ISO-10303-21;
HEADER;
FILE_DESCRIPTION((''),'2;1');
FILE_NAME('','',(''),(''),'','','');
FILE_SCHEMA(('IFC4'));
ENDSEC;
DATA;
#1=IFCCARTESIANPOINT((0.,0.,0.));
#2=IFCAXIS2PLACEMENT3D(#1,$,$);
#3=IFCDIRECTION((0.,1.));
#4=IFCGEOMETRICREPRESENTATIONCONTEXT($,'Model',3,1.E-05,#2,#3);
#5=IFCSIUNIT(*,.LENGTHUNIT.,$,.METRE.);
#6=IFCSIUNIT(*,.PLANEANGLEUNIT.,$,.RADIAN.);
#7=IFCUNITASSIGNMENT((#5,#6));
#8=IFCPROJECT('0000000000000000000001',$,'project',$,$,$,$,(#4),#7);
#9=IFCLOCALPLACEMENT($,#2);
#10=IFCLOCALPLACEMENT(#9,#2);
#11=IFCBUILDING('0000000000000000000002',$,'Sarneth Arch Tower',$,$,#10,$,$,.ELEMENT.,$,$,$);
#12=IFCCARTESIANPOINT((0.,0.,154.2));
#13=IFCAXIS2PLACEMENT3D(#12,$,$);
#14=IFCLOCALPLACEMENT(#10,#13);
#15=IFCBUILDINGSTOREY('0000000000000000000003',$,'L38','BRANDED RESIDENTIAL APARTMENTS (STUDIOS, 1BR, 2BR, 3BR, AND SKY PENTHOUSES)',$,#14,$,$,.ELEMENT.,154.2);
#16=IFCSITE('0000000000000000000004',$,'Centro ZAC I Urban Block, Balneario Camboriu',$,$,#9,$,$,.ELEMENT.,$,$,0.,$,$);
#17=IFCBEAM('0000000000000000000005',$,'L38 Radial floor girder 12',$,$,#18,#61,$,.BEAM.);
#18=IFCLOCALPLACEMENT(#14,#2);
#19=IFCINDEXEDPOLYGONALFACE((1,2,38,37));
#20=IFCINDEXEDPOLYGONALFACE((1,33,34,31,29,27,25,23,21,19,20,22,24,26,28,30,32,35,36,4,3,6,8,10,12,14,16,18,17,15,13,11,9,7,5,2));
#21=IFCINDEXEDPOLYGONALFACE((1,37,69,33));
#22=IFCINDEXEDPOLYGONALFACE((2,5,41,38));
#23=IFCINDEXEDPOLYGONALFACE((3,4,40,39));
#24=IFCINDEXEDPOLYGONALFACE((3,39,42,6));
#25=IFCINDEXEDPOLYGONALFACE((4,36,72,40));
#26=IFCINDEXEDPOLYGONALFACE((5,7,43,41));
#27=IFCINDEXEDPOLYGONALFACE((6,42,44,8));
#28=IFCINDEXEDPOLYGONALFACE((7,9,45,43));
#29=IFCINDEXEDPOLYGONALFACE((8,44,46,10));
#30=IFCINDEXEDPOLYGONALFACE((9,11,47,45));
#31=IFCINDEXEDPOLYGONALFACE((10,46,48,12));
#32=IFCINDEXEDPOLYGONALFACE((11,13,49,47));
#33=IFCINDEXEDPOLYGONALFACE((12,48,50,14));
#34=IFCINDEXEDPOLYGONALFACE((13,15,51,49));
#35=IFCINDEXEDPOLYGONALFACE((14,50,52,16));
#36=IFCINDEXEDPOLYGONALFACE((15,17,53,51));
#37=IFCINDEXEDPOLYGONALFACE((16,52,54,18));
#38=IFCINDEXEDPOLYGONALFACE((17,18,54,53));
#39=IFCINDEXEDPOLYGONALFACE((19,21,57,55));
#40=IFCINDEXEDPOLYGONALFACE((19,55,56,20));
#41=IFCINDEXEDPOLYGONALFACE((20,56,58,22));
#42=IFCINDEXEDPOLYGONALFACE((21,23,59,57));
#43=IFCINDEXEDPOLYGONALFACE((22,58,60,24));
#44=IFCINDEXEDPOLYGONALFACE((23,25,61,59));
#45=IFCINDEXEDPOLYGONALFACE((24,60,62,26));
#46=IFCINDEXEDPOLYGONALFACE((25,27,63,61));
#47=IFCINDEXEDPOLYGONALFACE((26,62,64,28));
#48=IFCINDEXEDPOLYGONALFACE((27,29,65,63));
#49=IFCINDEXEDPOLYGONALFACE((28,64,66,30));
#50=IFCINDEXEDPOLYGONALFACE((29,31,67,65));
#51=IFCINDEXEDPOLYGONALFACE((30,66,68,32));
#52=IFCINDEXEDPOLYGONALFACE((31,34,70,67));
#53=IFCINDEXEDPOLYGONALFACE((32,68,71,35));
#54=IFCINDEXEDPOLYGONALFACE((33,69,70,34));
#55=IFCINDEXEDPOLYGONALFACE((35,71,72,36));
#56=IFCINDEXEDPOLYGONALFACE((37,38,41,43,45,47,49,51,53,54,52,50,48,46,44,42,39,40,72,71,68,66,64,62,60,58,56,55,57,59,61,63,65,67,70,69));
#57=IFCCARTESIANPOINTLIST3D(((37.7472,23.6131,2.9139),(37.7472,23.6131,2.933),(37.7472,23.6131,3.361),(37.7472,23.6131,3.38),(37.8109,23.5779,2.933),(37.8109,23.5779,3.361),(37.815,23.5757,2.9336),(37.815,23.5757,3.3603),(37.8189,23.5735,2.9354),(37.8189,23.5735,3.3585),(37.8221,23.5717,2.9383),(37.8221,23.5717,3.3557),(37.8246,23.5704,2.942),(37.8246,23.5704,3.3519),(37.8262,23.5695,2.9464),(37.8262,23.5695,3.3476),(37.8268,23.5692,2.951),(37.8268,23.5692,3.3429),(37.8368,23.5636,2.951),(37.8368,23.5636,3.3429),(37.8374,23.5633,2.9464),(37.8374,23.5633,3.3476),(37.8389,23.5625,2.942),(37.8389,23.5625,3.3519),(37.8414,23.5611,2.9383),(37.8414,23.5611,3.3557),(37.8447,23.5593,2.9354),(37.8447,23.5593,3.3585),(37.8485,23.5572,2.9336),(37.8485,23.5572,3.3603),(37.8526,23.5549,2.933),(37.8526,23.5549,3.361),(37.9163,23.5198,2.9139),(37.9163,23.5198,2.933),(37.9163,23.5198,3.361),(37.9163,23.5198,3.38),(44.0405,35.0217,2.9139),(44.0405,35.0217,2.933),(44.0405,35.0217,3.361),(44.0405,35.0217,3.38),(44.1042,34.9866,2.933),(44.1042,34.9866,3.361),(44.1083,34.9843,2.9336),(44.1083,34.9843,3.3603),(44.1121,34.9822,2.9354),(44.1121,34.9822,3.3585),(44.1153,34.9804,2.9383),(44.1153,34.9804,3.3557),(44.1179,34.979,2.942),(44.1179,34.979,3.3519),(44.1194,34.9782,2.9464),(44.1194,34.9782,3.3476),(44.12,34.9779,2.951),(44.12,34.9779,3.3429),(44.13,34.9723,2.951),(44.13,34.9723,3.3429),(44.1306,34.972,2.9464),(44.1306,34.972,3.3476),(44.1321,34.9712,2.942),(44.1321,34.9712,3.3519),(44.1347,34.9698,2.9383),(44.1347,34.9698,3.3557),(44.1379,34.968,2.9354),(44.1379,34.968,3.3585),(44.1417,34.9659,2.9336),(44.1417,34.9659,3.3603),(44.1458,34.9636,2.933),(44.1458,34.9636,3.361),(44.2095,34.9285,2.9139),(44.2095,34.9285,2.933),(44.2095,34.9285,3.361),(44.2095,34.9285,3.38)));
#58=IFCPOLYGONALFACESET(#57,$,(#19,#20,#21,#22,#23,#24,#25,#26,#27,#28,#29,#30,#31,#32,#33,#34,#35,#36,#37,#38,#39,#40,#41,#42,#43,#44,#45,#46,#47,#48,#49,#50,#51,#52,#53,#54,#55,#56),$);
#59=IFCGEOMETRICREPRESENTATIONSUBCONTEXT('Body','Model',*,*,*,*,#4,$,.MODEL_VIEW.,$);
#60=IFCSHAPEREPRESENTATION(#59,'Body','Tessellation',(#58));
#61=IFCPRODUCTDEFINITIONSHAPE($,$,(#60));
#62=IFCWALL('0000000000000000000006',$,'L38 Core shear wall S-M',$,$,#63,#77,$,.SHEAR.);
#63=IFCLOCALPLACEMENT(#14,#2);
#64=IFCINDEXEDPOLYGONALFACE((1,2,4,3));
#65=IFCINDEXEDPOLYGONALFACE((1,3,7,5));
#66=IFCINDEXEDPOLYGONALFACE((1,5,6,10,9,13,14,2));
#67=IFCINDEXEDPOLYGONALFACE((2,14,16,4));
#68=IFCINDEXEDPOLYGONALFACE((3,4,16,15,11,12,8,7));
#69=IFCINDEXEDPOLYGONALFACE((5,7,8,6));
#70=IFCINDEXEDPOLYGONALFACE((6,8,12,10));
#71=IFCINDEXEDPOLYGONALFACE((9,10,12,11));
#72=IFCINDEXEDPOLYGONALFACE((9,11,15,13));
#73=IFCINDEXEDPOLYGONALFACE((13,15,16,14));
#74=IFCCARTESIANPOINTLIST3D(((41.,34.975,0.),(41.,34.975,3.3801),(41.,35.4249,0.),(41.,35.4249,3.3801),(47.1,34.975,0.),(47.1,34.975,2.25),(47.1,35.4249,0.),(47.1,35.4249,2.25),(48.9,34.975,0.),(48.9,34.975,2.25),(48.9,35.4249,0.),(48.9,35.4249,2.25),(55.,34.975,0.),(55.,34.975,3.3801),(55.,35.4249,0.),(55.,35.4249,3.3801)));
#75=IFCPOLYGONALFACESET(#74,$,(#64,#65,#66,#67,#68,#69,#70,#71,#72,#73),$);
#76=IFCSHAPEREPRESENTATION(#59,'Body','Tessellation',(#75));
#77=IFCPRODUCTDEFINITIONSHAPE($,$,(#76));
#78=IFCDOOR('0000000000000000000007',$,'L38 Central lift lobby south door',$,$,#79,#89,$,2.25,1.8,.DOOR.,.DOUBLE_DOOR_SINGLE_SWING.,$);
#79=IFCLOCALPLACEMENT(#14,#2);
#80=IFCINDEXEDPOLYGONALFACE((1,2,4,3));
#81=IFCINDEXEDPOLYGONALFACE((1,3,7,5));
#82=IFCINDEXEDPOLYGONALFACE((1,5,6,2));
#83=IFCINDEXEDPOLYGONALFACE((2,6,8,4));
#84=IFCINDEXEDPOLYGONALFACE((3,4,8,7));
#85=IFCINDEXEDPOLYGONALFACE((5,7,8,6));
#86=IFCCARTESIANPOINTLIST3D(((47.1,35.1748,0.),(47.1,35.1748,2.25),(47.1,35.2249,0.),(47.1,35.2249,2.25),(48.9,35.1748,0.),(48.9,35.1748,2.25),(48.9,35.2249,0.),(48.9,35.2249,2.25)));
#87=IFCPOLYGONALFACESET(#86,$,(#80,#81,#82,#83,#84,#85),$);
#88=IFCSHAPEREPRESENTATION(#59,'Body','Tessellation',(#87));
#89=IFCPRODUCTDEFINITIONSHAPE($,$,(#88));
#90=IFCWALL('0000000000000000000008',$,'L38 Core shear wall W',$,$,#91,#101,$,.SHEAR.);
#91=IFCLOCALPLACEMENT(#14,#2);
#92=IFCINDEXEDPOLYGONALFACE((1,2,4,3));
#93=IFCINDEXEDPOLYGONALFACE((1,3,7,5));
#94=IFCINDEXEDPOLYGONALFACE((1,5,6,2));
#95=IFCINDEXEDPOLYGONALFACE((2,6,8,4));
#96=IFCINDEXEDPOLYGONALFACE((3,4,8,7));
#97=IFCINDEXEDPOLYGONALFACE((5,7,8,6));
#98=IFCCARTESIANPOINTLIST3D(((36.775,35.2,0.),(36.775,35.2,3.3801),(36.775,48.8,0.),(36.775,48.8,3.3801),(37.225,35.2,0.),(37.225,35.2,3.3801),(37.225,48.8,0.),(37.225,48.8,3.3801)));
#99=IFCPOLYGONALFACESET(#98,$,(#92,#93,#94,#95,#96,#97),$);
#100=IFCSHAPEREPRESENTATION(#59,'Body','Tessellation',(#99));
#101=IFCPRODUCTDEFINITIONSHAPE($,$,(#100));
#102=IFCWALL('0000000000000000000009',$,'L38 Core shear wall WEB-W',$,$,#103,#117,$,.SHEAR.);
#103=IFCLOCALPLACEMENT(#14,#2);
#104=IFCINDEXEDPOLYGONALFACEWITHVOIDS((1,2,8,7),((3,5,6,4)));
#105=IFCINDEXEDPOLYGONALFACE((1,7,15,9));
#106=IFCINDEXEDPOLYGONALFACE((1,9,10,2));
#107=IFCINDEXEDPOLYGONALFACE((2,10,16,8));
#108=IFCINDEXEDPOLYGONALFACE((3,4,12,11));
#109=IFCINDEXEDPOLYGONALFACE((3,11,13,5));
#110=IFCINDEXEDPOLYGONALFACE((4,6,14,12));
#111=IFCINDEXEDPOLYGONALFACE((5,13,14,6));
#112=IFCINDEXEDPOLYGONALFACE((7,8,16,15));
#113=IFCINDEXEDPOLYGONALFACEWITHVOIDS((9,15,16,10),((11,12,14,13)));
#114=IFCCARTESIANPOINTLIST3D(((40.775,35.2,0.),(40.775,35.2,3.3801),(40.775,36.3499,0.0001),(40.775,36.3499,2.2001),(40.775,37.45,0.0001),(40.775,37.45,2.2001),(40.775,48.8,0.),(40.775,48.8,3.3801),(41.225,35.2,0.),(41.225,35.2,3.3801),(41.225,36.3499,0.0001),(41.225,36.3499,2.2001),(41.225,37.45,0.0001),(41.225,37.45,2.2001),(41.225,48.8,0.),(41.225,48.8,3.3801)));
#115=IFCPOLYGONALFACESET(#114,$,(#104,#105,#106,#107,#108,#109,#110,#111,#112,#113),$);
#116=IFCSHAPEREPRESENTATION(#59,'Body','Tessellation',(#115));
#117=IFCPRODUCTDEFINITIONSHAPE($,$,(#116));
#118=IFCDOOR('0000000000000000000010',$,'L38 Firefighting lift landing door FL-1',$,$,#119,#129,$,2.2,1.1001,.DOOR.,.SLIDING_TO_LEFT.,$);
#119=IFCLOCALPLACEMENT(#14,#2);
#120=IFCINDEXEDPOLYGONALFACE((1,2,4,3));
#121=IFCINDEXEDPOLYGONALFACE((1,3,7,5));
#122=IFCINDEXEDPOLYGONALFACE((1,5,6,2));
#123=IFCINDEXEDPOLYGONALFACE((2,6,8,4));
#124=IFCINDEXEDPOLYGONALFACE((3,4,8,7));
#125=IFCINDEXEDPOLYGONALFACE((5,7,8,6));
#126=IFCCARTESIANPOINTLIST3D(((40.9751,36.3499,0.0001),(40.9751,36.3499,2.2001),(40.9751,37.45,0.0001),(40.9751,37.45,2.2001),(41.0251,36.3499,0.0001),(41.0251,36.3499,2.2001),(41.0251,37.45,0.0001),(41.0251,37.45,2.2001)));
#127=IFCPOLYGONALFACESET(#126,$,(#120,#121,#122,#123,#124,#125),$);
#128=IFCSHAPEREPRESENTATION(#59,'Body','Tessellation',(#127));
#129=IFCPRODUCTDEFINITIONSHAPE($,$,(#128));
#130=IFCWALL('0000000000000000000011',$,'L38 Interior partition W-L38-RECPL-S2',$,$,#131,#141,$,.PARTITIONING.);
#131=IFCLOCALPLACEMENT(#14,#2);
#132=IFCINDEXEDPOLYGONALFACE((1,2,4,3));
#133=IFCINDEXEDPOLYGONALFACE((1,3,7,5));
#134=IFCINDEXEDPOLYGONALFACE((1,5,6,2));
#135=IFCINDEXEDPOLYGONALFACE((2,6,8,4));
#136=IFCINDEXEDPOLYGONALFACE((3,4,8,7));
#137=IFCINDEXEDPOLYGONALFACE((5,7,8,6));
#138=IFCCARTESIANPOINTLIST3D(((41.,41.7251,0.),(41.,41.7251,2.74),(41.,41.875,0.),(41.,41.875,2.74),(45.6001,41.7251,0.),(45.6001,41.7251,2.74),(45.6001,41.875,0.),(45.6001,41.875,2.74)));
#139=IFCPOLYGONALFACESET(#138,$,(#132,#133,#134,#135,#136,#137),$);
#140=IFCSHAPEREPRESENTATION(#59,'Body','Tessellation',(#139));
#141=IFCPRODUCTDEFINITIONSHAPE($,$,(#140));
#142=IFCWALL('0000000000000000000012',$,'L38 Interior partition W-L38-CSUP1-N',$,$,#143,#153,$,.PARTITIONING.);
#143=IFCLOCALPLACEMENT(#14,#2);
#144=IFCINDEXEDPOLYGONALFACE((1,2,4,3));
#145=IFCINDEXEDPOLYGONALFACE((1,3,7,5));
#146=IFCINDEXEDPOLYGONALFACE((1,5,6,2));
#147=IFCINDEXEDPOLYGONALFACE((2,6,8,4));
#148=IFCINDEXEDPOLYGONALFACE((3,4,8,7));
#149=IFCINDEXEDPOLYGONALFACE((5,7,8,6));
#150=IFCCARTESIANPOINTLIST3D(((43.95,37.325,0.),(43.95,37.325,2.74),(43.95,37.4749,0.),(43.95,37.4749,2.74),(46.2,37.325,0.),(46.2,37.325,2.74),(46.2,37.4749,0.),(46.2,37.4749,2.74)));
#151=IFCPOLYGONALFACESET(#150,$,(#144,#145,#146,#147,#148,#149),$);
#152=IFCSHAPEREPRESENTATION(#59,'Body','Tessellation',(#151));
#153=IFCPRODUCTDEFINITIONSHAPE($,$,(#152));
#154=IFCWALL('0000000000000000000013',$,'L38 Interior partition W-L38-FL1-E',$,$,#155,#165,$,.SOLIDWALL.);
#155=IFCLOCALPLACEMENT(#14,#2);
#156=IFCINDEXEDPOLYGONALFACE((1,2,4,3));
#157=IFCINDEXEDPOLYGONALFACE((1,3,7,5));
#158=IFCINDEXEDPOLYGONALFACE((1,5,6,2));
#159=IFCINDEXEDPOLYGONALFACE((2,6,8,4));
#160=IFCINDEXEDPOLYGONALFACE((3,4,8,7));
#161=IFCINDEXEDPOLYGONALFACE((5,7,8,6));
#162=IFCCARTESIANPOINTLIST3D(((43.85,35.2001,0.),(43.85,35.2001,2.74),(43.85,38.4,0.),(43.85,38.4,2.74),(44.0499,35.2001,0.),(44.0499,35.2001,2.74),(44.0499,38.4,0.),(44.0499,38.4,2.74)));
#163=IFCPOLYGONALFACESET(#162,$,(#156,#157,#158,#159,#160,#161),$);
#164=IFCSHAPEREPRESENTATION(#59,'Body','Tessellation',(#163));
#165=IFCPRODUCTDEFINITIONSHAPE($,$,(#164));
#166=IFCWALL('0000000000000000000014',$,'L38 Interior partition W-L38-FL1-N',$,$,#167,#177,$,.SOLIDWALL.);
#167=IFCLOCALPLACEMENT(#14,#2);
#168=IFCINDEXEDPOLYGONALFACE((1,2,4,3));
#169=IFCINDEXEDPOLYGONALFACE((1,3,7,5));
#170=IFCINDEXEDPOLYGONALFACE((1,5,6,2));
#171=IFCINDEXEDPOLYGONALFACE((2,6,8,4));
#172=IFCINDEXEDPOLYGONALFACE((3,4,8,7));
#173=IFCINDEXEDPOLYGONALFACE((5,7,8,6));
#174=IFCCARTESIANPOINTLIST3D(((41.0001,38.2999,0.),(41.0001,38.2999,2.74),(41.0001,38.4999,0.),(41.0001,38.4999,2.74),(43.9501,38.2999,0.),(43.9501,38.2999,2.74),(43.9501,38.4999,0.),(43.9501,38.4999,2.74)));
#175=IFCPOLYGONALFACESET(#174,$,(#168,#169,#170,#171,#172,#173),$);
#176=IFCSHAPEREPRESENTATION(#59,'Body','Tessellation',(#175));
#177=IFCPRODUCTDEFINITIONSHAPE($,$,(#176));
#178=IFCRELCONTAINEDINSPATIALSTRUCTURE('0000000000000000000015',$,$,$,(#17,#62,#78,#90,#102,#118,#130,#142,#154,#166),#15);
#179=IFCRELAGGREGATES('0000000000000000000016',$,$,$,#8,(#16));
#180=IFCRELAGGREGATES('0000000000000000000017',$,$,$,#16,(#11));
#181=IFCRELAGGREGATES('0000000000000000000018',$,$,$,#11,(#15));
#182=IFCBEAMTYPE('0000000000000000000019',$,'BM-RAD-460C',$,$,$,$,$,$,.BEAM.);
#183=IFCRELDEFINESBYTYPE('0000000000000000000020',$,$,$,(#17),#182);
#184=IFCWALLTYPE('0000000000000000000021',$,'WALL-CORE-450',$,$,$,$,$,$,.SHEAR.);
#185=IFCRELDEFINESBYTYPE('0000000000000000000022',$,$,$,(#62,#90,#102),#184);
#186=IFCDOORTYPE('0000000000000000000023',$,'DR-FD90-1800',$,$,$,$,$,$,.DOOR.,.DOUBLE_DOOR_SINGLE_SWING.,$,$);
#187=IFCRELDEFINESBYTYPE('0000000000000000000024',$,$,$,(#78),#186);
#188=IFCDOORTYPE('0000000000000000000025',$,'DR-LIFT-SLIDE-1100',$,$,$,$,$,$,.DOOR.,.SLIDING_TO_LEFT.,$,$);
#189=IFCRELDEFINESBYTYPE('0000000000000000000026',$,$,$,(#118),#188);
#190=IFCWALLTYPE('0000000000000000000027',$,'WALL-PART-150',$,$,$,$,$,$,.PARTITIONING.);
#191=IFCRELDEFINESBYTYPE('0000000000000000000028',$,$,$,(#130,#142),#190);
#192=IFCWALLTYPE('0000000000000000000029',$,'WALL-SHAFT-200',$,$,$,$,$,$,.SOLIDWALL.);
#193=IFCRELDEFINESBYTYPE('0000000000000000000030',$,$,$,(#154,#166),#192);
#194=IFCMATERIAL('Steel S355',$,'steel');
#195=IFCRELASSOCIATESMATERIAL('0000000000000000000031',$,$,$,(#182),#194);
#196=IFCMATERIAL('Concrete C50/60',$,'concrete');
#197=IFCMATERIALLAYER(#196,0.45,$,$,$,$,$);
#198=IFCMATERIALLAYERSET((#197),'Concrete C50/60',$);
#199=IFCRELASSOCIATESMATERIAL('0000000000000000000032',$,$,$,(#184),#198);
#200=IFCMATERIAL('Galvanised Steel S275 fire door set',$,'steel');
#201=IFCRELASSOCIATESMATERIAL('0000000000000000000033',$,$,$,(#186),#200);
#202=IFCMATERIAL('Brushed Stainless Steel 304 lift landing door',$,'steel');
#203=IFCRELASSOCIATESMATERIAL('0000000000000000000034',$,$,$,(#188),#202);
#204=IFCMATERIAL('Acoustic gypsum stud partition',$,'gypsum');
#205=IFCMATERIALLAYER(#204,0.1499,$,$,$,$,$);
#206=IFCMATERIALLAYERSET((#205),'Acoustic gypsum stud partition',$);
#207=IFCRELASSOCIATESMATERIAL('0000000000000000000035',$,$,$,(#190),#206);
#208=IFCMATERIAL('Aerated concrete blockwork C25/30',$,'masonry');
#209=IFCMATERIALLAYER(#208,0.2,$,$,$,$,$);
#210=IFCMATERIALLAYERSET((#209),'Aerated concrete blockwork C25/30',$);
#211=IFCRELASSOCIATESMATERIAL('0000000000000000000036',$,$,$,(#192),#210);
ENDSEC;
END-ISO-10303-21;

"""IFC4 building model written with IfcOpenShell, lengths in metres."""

from ifc_helpers import new_model, si_unit, direction, frame, frame_2d, origin, origin_2d, place, context, subcontext, project, spatial, rectangle, i_section, extrude, material, layer, layer_set, material_profile, profile_set, type_object, element, fill, save


model = new_model("IFC4")

# Units and contexts
model_context = context("Model", 3, precision=1e-05, world=origin(), true_north=direction((0.0, 1.0)))
body_context = subcontext(model_context, "Body", "Model", "MODEL_VIEW")
ifc_project = project(units=[si_unit("LENGTHUNIT", "METRE"), si_unit("PLANEANGLEUNIT", "RADIAN")], contexts=[model_context])

# Site, building, storey
site_placement = place(None, origin())
site = spatial("IfcSite", under=ifc_project, at=site_placement, Name="Centro ZAC I Urban Block, Balneario Camboriu", CompositionType="ELEMENT", RefElevation=0.0)
building_placement = place(site_placement, origin())
building = spatial("IfcBuilding", under=site, at=building_placement, Name="Sarneth Arch Tower", CompositionType="ELEMENT")
storey_placement = place(building_placement, frame((0.0, 0.0, 154.2)))
storey = spatial("IfcBuildingStorey", under=building, at=storey_placement, Name="L38", Description="BRANDED RESIDENTIAL APARTMENTS (STUDIOS, 1BR, 2BR, 3BR, AND SKY PENTHOUSES)", CompositionType="ELEMENT", Elevation=154.2)

# Beam
ifc_material_1 = material(Name="Steel S355", Category="steel")
ifc_material_profile_1 = material_profile(ifc_material_1, i_section(OverallWidth=0.1931, OverallDepth=0.4661, WebThickness=0.0115, FlangeThickness=0.019, FilletRadius=0.0181, at=origin_2d()), Name="W460x97")
ifc_profile_set_1 = profile_set([ifc_material_profile_1], Name="Steel S355")
beam_type_1 = type_object("IfcBeamType", Name="BM-RAD-460C", PredefinedType="BEAM", material=ifc_profile_set_1)
beam_1_placement = place(storey_placement, frame((44.125, 34.9751, 3.147), z_axis=(-0.483005, -0.875618, 0.0), x_axis=(0.875618, -0.483005, 0.0)))
element("IfcBeam", 1, at=beam_1_placement, inside=storey, type_object=beam_type_1, Name="L38 Radial floor girder 12", PredefinedType="BEAM", context=body_context, shape_type="SweptSolid", body=[
    extrude(i_section(OverallWidth=0.1931, OverallDepth=0.4661, WebThickness=0.0115, FlangeThickness=0.019, FilletRadius=0.0181, at=origin_2d()), origin(), (0.0, 0.0, 1.0), 13.0293),
])

# Wall, opening, door
ifc_material_2 = material(Name="Concrete C50/60", Category="concrete")
ifc_layer_1 = layer(ifc_material_2, 0.45)
ifc_layer_set_1 = layer_set([ifc_layer_1], Name="Concrete C50/60")
wall_type_1 = type_object("IfcWallType", Name="WALL-CORE-450", PredefinedType="SHEAR", material=ifc_layer_set_1)
wall_1_placement = place(storey_placement, frame((41.0, 35.2, 0.0), z_axis=(0.0, 0.0, 1.0), x_axis=(1.0, 0.0, 0.0)))
wall_1 = element("IfcWall", 2, at=wall_1_placement, inside=storey, type_object=wall_type_1, Name="L38 Core shear wall S-M", PredefinedType="SHEAR", context=body_context, shape_type="SweptSolid", body=[
    extrude(rectangle(XDim=14.0, YDim=0.45, at=frame_2d((7.0, 0.0))), origin(), (0.0, 0.0, 1.0), 3.3801),
])
opening_1_placement = place(wall_1_placement, frame((6.1001, 0.0, 0.0)))
opening_1 = element("IfcOpeningElement", 3, at=opening_1_placement, cuts=wall_1, PredefinedType="OPENING", context=body_context, shape_type="SweptSolid", body=[
    extrude(rectangle(XDim=1.8, YDim=2.25, at=frame_2d((0.8999, 1.125))), frame((0.0, 0.2349, 0.0), z_axis=(0.0, -1.0, 0.0), x_axis=(1.0, 0.0, 0.0)), (0.0, 0.0, 1.0), 0.47),
])
ifc_material_3 = material(Name="Galvanised Steel S275 fire door set", Category="steel")
door_type_1 = type_object("IfcDoorType", Name="DR-FD90-1800", OperationType="DOUBLE_DOOR_SINGLE_SWING", PredefinedType="DOOR", material=ifc_material_3)
door_1_placement = place(opening_1_placement, origin())
door_1 = element("IfcDoor", 4, at=door_1_placement, inside=storey, type_object=door_type_1, Name="L38 Central lift lobby south door", OperationType="DOUBLE_DOOR_SINGLE_SWING", OverallHeight=2.25, OverallWidth=1.8, PredefinedType="DOOR", context=body_context, shape_type="SweptSolid", body=[
    extrude(rectangle(XDim=1.8, YDim=2.25, at=frame_2d((0.8999, 1.125))), frame((0.0, 0.0249, 0.0), z_axis=(0.0, -1.0, 0.0), x_axis=(1.0, 0.0, 0.0)), (0.0, 0.0, 1.0), 0.05),
])
fill(opening_1, door_1)

# Wall
wall_2_placement = place(storey_placement, frame((37.0, 35.2, 0.0), z_axis=(0.0, 0.0, 1.0), x_axis=(0.0, 1.0, 0.0)))
element("IfcWall", 5, at=wall_2_placement, inside=storey, type_object=wall_type_1, Name="L38 Core shear wall W", PredefinedType="SHEAR", context=body_context, shape_type="SweptSolid", body=[
    extrude(rectangle(XDim=13.6001, YDim=0.45, at=frame_2d((6.8, 0.0))), origin(), (0.0, 0.0, 1.0), 3.3801),
])

# Wall, opening, door
wall_3_placement = place(storey_placement, frame((41.0, 35.2, 0.0), z_axis=(0.0, 0.0, 1.0), x_axis=(0.0, 1.0, 0.0)))
wall_3 = element("IfcWall", 6, at=wall_3_placement, inside=storey, type_object=wall_type_1, Name="L38 Core shear wall WEB-W", PredefinedType="SHEAR", context=body_context, shape_type="SweptSolid", body=[
    extrude(rectangle(XDim=13.6001, YDim=0.45, at=frame_2d((6.8, 0.0))), origin(), (0.0, 0.0, 1.0), 3.3801),
])
opening_2_placement = place(wall_3_placement, frame((1.1499, 0.0, 0.0)))
opening_2 = element("IfcOpeningElement", 7, at=opening_2_placement, cuts=wall_3, PredefinedType="OPENING", context=body_context, shape_type="SweptSolid", body=[
    extrude(rectangle(XDim=1.1001, YDim=2.2, at=frame_2d((0.55, 1.1001))), frame((0.0, 0.2349, 0.0), z_axis=(0.0, -1.0, 0.0), x_axis=(1.0, 0.0, 0.0)), (0.0, 0.0, 1.0), 0.47),
])
ifc_material_4 = material(Name="Brushed Stainless Steel 304 lift landing door", Category="steel")
door_type_2 = type_object("IfcDoorType", Name="DR-LIFT-SLIDE-1100", OperationType="SLIDING_TO_LEFT", PredefinedType="DOOR", material=ifc_material_4)
door_2_placement = place(opening_2_placement, origin())
door_2 = element("IfcDoor", 8, at=door_2_placement, inside=storey, type_object=door_type_2, Name="L38 Firefighting lift landing door FL-1", OperationType="SLIDING_TO_LEFT", OverallHeight=2.2, OverallWidth=1.1001, PredefinedType="DOOR", context=body_context, shape_type="SweptSolid", body=[
    extrude(rectangle(XDim=1.1001, YDim=2.2, at=frame_2d((0.55, 1.1001))), frame((0.0, 0.0249, 0.0), z_axis=(0.0, -1.0, 0.0), x_axis=(1.0, 0.0, 0.0)), (0.0, 0.0, 1.0), 0.05),
])
fill(opening_2, door_2)
ifc_material_5 = material(Name="Acoustic gypsum stud partition", Category="gypsum")
ifc_layer_2 = layer(ifc_material_5, 0.1499)
ifc_layer_set_2 = layer_set([ifc_layer_2], Name="Acoustic gypsum stud partition")
wall_type_2 = type_object("IfcWallType", Name="WALL-PART-150", PredefinedType="PARTITIONING", material=ifc_layer_set_2)

# Wall
wall_4_placement = place(storey_placement, frame((41.0, 41.8, 0.0), z_axis=(0.0, 0.0, 1.0), x_axis=(1.0, 0.0, 0.0)))
element("IfcWall", 9, at=wall_4_placement, inside=storey, type_object=wall_type_2, Name="L38 Interior partition W-L38-RECPL-S2", PredefinedType="PARTITIONING", context=body_context, shape_type="SweptSolid", body=[
    extrude(rectangle(XDim=4.6001, YDim=0.1499, at=frame_2d((2.3, 0.0))), origin(), (0.0, 0.0, 1.0), 2.74),
])

# Wall
wall_5_placement = place(storey_placement, frame((43.95, 37.3999, 0.0), z_axis=(0.0, 0.0, 1.0), x_axis=(1.0, 0.0, 0.0)))
element("IfcWall", 10, at=wall_5_placement, inside=storey, type_object=wall_type_2, Name="L38 Interior partition W-L38-CSUP1-N", PredefinedType="PARTITIONING", context=body_context, shape_type="SweptSolid", body=[
    extrude(rectangle(XDim=2.25, YDim=0.1499, at=frame_2d((1.125, 0.0))), origin(), (0.0, 0.0, 1.0), 2.74),
])

# Shared definitions
ifc_material_6 = material(Name="Aerated concrete blockwork C25/30", Category="masonry")
ifc_layer_3 = layer(ifc_material_6, 0.2)
ifc_layer_set_3 = layer_set([ifc_layer_3], Name="Aerated concrete blockwork C25/30")
wall_type_3 = type_object("IfcWallType", Name="WALL-SHAFT-200", PredefinedType="SOLIDWALL", material=ifc_layer_set_3)

# Walls
wall_6_placement = place(storey_placement, frame((43.95, 35.2, 0.0), z_axis=(0.0, 0.0, 1.0), x_axis=(0.0, 1.0, 0.0)))
element("IfcWall", 11, at=wall_6_placement, inside=storey, type_object=wall_type_3, Name="L38 Interior partition W-L38-FL1-E", PredefinedType="SOLIDWALL", context=body_context, shape_type="SweptSolid", body=[
    extrude(rectangle(XDim=3.2, YDim=0.2, at=frame_2d((1.6001, 0.0))), origin(), (0.0, 0.0, 1.0), 2.74),
])
wall_7_placement = place(storey_placement, frame((41.0, 38.3999, 0.0), z_axis=(0.0, 0.0, 1.0), x_axis=(1.0, 0.0, 0.0)))
element("IfcWall", 12, at=wall_7_placement, inside=storey, type_object=wall_type_3, Name="L38 Interior partition W-L38-FL1-N", PredefinedType="SOLIDWALL", context=body_context, shape_type="SweptSolid", body=[
    extrude(rectangle(XDim=2.95, YDim=0.2, at=frame_2d((1.4751, 0.0))), origin(), (0.0, 0.0, 1.0), 2.74),
])

save(model, "model.ifc")
